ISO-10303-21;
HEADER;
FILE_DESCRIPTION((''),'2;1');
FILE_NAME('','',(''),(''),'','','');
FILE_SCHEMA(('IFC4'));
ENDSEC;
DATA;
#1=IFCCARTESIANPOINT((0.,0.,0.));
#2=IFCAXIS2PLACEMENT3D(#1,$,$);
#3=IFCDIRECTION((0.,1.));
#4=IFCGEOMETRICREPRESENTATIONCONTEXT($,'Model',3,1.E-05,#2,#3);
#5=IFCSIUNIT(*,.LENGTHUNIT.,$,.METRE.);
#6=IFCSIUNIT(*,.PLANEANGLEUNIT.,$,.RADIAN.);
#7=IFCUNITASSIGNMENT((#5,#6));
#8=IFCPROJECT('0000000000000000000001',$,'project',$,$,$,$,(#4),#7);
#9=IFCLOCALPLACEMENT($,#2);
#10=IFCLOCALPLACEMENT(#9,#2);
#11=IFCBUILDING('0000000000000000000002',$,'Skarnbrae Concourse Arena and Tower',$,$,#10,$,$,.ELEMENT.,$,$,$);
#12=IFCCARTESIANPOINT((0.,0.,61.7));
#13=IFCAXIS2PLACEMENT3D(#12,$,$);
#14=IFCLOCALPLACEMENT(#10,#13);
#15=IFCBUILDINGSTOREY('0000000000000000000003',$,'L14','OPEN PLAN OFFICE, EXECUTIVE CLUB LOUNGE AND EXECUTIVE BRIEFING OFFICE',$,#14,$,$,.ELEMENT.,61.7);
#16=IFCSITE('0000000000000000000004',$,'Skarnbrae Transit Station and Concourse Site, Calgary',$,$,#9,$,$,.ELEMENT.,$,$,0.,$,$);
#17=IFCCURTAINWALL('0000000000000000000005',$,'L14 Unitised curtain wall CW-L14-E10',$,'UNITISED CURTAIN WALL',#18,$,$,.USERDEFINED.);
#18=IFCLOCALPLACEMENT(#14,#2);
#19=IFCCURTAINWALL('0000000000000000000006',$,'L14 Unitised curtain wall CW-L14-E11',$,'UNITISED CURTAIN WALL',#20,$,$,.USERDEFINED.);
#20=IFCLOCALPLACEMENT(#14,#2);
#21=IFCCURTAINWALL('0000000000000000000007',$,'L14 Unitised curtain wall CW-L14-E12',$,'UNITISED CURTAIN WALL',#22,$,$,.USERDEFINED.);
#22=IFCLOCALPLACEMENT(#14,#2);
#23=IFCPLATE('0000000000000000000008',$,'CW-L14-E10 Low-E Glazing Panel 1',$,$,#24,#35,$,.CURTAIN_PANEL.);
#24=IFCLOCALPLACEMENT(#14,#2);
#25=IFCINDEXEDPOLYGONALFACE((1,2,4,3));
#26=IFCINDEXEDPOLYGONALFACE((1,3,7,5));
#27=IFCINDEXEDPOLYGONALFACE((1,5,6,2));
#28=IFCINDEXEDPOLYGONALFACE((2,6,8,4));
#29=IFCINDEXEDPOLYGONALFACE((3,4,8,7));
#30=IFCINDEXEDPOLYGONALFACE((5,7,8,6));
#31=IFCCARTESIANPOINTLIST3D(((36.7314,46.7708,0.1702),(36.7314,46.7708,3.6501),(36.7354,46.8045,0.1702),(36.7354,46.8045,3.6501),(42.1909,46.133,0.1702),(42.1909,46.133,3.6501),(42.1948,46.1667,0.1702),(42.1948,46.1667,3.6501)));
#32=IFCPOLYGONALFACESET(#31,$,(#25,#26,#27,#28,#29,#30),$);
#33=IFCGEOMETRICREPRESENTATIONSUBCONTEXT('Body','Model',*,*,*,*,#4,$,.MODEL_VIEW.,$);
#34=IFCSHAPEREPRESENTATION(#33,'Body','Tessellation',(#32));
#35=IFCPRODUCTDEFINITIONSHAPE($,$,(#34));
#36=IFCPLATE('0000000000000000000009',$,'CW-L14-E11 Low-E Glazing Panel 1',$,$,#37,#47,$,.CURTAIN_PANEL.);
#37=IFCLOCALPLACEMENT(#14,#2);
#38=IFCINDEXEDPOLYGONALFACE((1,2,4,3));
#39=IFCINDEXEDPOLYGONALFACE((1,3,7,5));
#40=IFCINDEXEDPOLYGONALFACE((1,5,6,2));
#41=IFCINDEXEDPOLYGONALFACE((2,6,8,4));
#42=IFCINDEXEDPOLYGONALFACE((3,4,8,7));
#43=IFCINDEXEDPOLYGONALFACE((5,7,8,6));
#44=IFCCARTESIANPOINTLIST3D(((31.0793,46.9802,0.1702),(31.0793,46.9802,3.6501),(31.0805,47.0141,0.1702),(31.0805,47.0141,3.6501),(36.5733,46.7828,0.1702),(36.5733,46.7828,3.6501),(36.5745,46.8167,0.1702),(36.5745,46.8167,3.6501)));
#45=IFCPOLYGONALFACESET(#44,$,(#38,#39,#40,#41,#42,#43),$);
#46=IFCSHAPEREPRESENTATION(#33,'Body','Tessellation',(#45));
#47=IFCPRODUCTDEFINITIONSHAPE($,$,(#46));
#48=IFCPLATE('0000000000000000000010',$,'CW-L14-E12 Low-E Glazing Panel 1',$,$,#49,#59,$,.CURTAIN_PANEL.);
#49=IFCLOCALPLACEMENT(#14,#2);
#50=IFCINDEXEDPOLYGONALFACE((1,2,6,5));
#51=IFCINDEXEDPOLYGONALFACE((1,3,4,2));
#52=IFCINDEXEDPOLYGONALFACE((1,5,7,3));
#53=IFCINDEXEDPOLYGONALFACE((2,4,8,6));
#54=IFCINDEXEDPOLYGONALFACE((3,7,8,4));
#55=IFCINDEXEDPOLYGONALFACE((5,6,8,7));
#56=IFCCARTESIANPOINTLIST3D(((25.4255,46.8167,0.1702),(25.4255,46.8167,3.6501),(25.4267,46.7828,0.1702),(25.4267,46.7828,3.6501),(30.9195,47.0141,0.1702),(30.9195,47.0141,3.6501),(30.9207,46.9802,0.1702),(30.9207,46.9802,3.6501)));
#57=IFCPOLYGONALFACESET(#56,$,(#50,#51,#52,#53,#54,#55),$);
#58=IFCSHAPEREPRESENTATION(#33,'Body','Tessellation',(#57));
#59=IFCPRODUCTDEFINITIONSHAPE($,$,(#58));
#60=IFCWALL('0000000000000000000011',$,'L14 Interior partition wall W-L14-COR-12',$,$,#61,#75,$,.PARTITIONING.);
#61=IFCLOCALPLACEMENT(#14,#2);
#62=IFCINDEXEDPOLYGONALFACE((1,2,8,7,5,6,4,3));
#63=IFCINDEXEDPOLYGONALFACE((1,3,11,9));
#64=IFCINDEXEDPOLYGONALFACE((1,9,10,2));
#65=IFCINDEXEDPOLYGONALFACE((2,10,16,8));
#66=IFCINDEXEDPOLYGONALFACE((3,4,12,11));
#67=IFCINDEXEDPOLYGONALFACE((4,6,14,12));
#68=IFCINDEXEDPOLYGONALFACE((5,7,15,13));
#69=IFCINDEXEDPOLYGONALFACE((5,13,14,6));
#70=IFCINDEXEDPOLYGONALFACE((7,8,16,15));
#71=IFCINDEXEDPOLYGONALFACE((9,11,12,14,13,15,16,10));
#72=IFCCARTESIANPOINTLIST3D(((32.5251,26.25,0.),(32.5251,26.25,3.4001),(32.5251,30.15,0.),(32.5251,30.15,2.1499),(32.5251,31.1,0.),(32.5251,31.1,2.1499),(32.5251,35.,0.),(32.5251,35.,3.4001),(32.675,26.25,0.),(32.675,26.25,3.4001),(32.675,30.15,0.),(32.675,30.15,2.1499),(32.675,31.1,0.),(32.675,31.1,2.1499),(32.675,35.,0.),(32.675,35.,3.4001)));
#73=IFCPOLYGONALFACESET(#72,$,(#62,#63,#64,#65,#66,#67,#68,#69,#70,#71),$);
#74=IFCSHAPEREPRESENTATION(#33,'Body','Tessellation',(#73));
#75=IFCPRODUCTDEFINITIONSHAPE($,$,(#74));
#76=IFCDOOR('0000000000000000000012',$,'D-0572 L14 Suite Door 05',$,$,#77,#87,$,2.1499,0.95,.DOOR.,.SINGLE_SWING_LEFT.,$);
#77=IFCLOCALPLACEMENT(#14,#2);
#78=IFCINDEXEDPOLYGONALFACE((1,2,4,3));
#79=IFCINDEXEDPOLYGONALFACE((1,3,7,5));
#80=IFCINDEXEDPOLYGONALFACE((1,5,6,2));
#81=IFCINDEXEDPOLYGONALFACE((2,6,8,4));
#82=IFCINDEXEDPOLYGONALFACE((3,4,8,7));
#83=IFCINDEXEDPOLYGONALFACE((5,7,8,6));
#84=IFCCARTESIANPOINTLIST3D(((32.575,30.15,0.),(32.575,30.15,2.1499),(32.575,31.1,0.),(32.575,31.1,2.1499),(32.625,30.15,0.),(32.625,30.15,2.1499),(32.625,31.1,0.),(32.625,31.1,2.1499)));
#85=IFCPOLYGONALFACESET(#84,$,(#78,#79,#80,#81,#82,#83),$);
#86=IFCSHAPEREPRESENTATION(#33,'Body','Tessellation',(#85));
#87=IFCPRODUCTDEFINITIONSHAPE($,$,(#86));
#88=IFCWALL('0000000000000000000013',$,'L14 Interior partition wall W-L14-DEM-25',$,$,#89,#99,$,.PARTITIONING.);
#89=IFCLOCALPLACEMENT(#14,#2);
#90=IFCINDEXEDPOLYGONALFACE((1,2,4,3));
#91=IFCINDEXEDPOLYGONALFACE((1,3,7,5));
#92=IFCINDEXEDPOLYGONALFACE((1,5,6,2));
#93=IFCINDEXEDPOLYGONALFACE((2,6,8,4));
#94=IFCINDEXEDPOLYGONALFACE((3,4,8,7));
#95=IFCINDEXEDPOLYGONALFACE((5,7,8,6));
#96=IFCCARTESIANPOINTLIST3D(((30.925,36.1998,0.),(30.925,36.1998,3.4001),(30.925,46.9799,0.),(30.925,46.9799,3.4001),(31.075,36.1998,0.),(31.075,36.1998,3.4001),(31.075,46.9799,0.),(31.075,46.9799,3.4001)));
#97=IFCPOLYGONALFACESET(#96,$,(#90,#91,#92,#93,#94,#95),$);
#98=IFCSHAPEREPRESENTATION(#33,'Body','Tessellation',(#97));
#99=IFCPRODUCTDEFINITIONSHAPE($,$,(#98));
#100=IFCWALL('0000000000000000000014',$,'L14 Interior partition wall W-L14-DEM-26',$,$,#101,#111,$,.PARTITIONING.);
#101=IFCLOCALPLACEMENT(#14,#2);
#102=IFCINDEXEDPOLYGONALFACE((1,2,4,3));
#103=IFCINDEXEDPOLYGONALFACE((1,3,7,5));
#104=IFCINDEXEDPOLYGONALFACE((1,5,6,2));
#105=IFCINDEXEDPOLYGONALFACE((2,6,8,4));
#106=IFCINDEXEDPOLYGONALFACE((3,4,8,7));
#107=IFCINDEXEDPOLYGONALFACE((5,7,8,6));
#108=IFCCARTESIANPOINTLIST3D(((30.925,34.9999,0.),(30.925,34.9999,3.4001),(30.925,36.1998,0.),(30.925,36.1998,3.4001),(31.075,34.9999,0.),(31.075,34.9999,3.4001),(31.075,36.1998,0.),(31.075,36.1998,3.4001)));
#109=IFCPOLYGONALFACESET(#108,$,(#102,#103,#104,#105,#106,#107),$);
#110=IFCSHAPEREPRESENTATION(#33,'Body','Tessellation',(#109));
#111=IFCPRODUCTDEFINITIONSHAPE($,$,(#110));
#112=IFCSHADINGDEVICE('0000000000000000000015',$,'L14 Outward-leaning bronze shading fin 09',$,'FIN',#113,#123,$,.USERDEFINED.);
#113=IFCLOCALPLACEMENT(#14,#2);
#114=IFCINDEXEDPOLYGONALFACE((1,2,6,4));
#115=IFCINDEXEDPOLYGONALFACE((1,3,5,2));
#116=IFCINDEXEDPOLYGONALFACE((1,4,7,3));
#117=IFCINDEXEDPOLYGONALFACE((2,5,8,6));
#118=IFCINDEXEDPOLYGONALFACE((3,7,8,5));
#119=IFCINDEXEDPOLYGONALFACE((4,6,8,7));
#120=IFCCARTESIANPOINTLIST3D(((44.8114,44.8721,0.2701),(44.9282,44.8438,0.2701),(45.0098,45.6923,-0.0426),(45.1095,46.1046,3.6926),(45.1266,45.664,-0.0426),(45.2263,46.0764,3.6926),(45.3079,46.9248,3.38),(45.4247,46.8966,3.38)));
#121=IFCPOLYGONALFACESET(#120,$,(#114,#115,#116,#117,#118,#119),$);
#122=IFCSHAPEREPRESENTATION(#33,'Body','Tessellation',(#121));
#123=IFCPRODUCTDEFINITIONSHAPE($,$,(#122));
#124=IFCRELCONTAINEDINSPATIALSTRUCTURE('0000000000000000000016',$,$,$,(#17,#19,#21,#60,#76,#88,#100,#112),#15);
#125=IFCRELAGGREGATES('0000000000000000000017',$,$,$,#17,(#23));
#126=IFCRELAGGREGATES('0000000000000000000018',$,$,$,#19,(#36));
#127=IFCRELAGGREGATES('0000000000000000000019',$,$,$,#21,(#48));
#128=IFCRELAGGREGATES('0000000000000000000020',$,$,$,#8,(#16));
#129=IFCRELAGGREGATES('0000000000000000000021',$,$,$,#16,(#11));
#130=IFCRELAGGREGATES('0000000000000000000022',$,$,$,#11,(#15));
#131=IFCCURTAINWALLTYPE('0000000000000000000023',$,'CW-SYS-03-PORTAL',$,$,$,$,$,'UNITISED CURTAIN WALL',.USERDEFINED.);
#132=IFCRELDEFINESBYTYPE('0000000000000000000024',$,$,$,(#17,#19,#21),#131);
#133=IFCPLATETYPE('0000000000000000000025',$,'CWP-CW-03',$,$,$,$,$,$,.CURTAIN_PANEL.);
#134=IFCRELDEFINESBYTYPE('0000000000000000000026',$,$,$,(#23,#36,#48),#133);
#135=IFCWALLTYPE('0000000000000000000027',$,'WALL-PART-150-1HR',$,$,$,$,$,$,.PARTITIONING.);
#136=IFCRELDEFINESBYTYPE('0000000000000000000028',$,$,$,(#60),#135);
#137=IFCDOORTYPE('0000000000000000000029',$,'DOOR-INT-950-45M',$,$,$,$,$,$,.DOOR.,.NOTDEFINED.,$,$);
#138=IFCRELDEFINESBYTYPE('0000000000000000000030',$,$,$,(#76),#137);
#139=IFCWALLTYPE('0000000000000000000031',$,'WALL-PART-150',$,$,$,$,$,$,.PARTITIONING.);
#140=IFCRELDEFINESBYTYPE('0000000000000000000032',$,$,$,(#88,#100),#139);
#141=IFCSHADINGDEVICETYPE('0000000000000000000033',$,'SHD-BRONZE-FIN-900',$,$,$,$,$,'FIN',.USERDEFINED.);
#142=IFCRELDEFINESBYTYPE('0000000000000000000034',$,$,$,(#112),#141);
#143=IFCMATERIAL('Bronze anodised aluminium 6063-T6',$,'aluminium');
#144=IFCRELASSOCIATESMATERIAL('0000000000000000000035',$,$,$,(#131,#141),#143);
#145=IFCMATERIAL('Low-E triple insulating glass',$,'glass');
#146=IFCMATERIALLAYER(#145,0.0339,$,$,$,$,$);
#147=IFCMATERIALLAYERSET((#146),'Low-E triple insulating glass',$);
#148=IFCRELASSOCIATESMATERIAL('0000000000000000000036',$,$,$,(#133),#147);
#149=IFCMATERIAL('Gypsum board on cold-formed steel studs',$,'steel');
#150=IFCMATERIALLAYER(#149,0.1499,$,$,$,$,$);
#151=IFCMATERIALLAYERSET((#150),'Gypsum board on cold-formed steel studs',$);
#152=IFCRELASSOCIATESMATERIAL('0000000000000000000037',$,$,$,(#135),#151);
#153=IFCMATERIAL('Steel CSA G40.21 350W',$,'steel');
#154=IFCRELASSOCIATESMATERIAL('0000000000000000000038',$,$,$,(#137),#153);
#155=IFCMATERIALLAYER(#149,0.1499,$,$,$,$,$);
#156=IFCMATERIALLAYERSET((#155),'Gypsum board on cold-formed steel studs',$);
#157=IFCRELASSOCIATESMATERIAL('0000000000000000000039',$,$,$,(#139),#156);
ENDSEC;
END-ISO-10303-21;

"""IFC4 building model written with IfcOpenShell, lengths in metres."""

from ifc_helpers import new_model, si_unit, direction, frame, frame_2d, origin, origin_2d, place, context, subcontext, project, spatial, rectangle, extrude, source, transform, mapped, material, layer, layer_set, type_object, element, fill, aggregate, save


model = new_model("IFC4")

# Units and contexts
model_context = context("Model", 3, precision=1e-05, world=origin(), true_north=direction((0.0, 1.0)))
body_context = subcontext(model_context, "Body", "Model", "MODEL_VIEW")
ifc_project = project(units=[si_unit("LENGTHUNIT", "METRE"), si_unit("PLANEANGLEUNIT", "RADIAN")], contexts=[model_context])

# Site, building, storey
site_placement = place(None, origin())
site = spatial("IfcSite", under=ifc_project, at=site_placement, Name="Skarnbrae Transit Station and Concourse Site, Calgary", CompositionType="ELEMENT", RefElevation=0.0)
building_placement = place(site_placement, origin())
building = spatial("IfcBuilding", under=site, at=building_placement, Name="Skarnbrae Concourse Arena and Tower", CompositionType="ELEMENT")
storey_placement = place(building_placement, frame((0.0, 0.0, 61.7)))
storey = spatial("IfcBuildingStorey", under=building, at=storey_placement, Name="L14", Description="OPEN PLAN OFFICE, EXECUTIVE CLUB LOUNGE AND EXECUTIVE BRIEFING OFFICE", CompositionType="ELEMENT", Elevation=61.7)

# Shared definitions
ifc_material_1 = material(Name="Steel CSA G40.21 350W", Category="steel")

# Shared definitions
ifc_material_2 = material(Name="Bronze anodised aluminium 6063-T6", Category="aluminium")

# Curtain walls
curtain_wall_type_1 = type_object("IfcCurtainWallType", Name="CW-SYS-03-PORTAL", ElementType="UNITISED CURTAIN WALL", PredefinedType="USERDEFINED", material=ifc_material_2)
curtain_wall_1_placement = place(storey_placement, origin())
curtain_wall_1 = element("IfcCurtainWall", 1, at=curtain_wall_1_placement, inside=storey, type_object=curtain_wall_type_1, Name="L14 Unitised curtain wall CW-L14-E10", ObjectType="UNITISED CURTAIN WALL", PredefinedType="USERDEFINED")
curtain_wall_2_placement = place(storey_placement, origin())
curtain_wall_2 = element("IfcCurtainWall", 2, at=curtain_wall_2_placement, inside=storey, type_object=curtain_wall_type_1, Name="L14 Unitised curtain wall CW-L14-E11", ObjectType="UNITISED CURTAIN WALL", PredefinedType="USERDEFINED")

# Curtain wall
curtain_wall_3_placement = place(storey_placement, origin())
curtain_wall_3 = element("IfcCurtainWall", 3, at=curtain_wall_3_placement, inside=storey, type_object=curtain_wall_type_1, Name="L14 Unitised curtain wall CW-L14-E12", ObjectType="UNITISED CURTAIN WALL", PredefinedType="USERDEFINED")

# Plates
ifc_material_3 = material(Name="Low-E triple insulating glass", Category="glass")
ifc_layer_1 = layer(ifc_material_3, 0.0339)
ifc_layer_set_1 = layer_set([ifc_layer_1], Name="Low-E triple insulating glass")
plate_type = type_object("IfcPlateType", Name="CWP-CW-03", PredefinedType="CURTAIN_PANEL", material=ifc_layer_set_1)
shared_shape_1 = source(origin(), body_context, "Body", "SweptSolid", [
    extrude(rectangle(XDim=5.4966, YDim=0.0339, at=origin_2d()), origin(), (0.0, 0.0, 1.0), 3.48),
])
plate_1_placement = place(storey_placement, frame((39.4631, 46.4688, 0.1702), z_axis=(0.0, 0.0, 1.0), x_axis=(-0.993245, 0.11604, 0.0)))
plate_1 = element("IfcPlate", 4, at=plate_1_placement, type_object=plate_type, Name="CW-L14-E10 Low-E Glazing Panel 1", PredefinedType="CURTAIN_PANEL", context=body_context, shape_type="MappedRepresentation", body=[
    mapped(shared_shape_1, transform((0.0, 0.0, 0.0))),
])
aggregate(curtain_wall_1, [plate_1])
shared_shape_2 = source(origin(), body_context, "Body", "SweptSolid", [
    extrude(rectangle(XDim=5.4976, YDim=0.0339, at=origin_2d()), origin(), (0.0, 0.0, 1.0), 3.48),
])
plate_2_placement = place(storey_placement, frame((33.8269, 46.8984, 0.1702), z_axis=(0.0, 0.0, 1.0), x_axis=(-0.999355, 0.035899, 0.0)))
plate_2 = element("IfcPlate", 5, at=plate_2_placement, type_object=plate_type, Name="CW-L14-E11 Low-E Glazing Panel 1", PredefinedType="CURTAIN_PANEL", context=body_context, shape_type="MappedRepresentation", body=[
    mapped(shared_shape_2, transform((0.0, 0.0, 0.0))),
])
aggregate(curtain_wall_2, [plate_2])
plate_3_placement = place(storey_placement, frame((28.1731, 46.8984, 0.1702), z_axis=(0.0, 0.0, 1.0), x_axis=(-0.999355, -0.035899, 0.0)))
plate_3 = element("IfcPlate", 6, at=plate_3_placement, type_object=plate_type, Name="CW-L14-E12 Low-E Glazing Panel 1", PredefinedType="CURTAIN_PANEL", context=body_context, shape_type="MappedRepresentation", body=[
    mapped(shared_shape_2, transform((0.0, 0.0, 0.0))),
])
aggregate(curtain_wall_3, [plate_3])

# Wall, opening, door
ifc_material_4 = material(Name="Gypsum board on cold-formed steel studs", Category="steel")
ifc_layer_2 = layer(ifc_material_4, 0.1499)
ifc_layer_set_2 = layer_set([ifc_layer_2], Name="Gypsum board on cold-formed steel studs")
wall_type_1 = type_object("IfcWallType", Name="WALL-PART-150-1HR", PredefinedType="PARTITIONING", material=ifc_layer_set_2)
shared_shape_3 = source(origin(), body_context, "Body", "SweptSolid", [
    extrude(rectangle(XDim=8.75, YDim=0.1499, at=frame_2d((4.375, 0.0))), origin(), (0.0, 0.0, 1.0), 3.4001),
])
wall_1_placement = place(storey_placement, frame((32.6001, 35.0, 0.0), z_axis=(0.0, 0.0, 1.0), x_axis=(0.0, -1.0, 0.0)))
wall_1 = element("IfcWall", 7, at=wall_1_placement, inside=storey, type_object=wall_type_1, Name="L14 Interior partition wall W-L14-COR-12", PredefinedType="PARTITIONING", context=body_context, shape_type="MappedRepresentation", body=[
    mapped(shared_shape_3, transform((0.0, 0.0, 0.0))),
])
opening_placement = place(wall_1_placement, frame((3.8999, 0.0, 0.0)))
opening = element("IfcOpeningElement", 8, at=opening_placement, cuts=wall_1, PredefinedType="OPENING", context=body_context, shape_type="SweptSolid", body=[
    extrude(rectangle(XDim=0.95, YDim=2.1499, at=frame_2d((0.4751, 1.075))), frame((0.0, 0.085, 0.0), z_axis=(0.0, -1.0, 0.0), x_axis=(1.0, 0.0, 0.0)), (0.0, 0.0, 1.0), 0.1699),
])
door_type = type_object("IfcDoorType", Name="DOOR-INT-950-45M", OperationType="NOTDEFINED", PredefinedType="DOOR", material=ifc_material_1)
shared_shape_4 = source(origin(), body_context, "Body", "SweptSolid", [
    extrude(rectangle(XDim=0.95, YDim=2.1499, at=frame_2d((0.4751, 1.075))), frame((0.0, 0.0249, 0.0), z_axis=(0.0, -1.0, 0.0), x_axis=(1.0, 0.0, 0.0)), (0.0, 0.0, 1.0), 0.05),
])
door_placement = place(opening_placement, origin())
door = element("IfcDoor", 9, at=door_placement, inside=storey, type_object=door_type, Name="D-0572 L14 Suite Door 05", OperationType="SINGLE_SWING_LEFT", OverallHeight=2.1499, OverallWidth=0.95, PredefinedType="DOOR", context=body_context, shape_type="MappedRepresentation", body=[
    mapped(shared_shape_4, transform((0.0, 0.0, 0.0))),
])
fill(opening, door)

# Walls
ifc_layer_3 = layer(ifc_material_4, 0.1499)
ifc_layer_set_3 = layer_set([ifc_layer_3], Name="Gypsum board on cold-formed steel studs")
wall_type_2 = type_object("IfcWallType", Name="WALL-PART-150", PredefinedType="PARTITIONING", material=ifc_layer_set_3)
shared_shape_5 = source(origin(), body_context, "Body", "SweptSolid", [
    extrude(rectangle(XDim=10.78, YDim=0.1499, at=frame_2d((5.3901, 0.0))), origin(), (0.0, 0.0, 1.0), 3.4001),
])
wall_2_placement = place(storey_placement, frame((31.0, 46.98, 0.0), z_axis=(0.0, 0.0, 1.0), x_axis=(0.0, -1.0, 0.0)))
element("IfcWall", 10, at=wall_2_placement, inside=storey, type_object=wall_type_2, Name="L14 Interior partition wall W-L14-DEM-25", PredefinedType="PARTITIONING", context=body_context, shape_type="MappedRepresentation", body=[
    mapped(shared_shape_5, transform((0.0, 0.0, 0.0))),
])
shared_shape_6 = source(origin(), body_context, "Body", "SweptSolid", [
    extrude(rectangle(XDim=1.2, YDim=0.1499, at=frame_2d((0.6001, 0.0))), origin(), (0.0, 0.0, 1.0), 3.4001),
])
wall_3_placement = place(storey_placement, frame((31.0, 36.2, 0.0), z_axis=(0.0, 0.0, 1.0), x_axis=(0.0, -1.0, 0.0)))
element("IfcWall", 11, at=wall_3_placement, inside=storey, type_object=wall_type_2, Name="L14 Interior partition wall W-L14-DEM-26", PredefinedType="PARTITIONING", context=body_context, shape_type="MappedRepresentation", body=[
    mapped(shared_shape_6, transform((0.0, 0.0, 0.0))),
])

# Shading device
shading_device_type = type_object("IfcShadingDeviceType", Name="SHD-BRONZE-FIN-900", ElementType="FIN", PredefinedType="USERDEFINED", material=ifc_material_2)
shared_shape_7 = source(origin(), body_context, "Body", "SweptSolid", [
    extrude(rectangle(XDim=0.1201, YDim=0.8999, at=origin_2d()), origin(), (0.0, 0.0, 1.0), 3.6499),
])
shading_device_placement = place(storey_placement, frame((44.969, 45.2681, 0.1138), z_axis=(0.081677, 0.337689, 0.937707), x_axis=(0.971973, -0.235091, 0.0)))
element("IfcShadingDevice", 12, at=shading_device_placement, inside=storey, type_object=shading_device_type, Name="L14 Outward-leaning bronze shading fin 09", ObjectType="FIN", PredefinedType="USERDEFINED", context=body_context, shape_type="MappedRepresentation", body=[
    mapped(shared_shape_7, transform((0.0, 0.0, 0.0))),
])

save(model, "model.ifc")
